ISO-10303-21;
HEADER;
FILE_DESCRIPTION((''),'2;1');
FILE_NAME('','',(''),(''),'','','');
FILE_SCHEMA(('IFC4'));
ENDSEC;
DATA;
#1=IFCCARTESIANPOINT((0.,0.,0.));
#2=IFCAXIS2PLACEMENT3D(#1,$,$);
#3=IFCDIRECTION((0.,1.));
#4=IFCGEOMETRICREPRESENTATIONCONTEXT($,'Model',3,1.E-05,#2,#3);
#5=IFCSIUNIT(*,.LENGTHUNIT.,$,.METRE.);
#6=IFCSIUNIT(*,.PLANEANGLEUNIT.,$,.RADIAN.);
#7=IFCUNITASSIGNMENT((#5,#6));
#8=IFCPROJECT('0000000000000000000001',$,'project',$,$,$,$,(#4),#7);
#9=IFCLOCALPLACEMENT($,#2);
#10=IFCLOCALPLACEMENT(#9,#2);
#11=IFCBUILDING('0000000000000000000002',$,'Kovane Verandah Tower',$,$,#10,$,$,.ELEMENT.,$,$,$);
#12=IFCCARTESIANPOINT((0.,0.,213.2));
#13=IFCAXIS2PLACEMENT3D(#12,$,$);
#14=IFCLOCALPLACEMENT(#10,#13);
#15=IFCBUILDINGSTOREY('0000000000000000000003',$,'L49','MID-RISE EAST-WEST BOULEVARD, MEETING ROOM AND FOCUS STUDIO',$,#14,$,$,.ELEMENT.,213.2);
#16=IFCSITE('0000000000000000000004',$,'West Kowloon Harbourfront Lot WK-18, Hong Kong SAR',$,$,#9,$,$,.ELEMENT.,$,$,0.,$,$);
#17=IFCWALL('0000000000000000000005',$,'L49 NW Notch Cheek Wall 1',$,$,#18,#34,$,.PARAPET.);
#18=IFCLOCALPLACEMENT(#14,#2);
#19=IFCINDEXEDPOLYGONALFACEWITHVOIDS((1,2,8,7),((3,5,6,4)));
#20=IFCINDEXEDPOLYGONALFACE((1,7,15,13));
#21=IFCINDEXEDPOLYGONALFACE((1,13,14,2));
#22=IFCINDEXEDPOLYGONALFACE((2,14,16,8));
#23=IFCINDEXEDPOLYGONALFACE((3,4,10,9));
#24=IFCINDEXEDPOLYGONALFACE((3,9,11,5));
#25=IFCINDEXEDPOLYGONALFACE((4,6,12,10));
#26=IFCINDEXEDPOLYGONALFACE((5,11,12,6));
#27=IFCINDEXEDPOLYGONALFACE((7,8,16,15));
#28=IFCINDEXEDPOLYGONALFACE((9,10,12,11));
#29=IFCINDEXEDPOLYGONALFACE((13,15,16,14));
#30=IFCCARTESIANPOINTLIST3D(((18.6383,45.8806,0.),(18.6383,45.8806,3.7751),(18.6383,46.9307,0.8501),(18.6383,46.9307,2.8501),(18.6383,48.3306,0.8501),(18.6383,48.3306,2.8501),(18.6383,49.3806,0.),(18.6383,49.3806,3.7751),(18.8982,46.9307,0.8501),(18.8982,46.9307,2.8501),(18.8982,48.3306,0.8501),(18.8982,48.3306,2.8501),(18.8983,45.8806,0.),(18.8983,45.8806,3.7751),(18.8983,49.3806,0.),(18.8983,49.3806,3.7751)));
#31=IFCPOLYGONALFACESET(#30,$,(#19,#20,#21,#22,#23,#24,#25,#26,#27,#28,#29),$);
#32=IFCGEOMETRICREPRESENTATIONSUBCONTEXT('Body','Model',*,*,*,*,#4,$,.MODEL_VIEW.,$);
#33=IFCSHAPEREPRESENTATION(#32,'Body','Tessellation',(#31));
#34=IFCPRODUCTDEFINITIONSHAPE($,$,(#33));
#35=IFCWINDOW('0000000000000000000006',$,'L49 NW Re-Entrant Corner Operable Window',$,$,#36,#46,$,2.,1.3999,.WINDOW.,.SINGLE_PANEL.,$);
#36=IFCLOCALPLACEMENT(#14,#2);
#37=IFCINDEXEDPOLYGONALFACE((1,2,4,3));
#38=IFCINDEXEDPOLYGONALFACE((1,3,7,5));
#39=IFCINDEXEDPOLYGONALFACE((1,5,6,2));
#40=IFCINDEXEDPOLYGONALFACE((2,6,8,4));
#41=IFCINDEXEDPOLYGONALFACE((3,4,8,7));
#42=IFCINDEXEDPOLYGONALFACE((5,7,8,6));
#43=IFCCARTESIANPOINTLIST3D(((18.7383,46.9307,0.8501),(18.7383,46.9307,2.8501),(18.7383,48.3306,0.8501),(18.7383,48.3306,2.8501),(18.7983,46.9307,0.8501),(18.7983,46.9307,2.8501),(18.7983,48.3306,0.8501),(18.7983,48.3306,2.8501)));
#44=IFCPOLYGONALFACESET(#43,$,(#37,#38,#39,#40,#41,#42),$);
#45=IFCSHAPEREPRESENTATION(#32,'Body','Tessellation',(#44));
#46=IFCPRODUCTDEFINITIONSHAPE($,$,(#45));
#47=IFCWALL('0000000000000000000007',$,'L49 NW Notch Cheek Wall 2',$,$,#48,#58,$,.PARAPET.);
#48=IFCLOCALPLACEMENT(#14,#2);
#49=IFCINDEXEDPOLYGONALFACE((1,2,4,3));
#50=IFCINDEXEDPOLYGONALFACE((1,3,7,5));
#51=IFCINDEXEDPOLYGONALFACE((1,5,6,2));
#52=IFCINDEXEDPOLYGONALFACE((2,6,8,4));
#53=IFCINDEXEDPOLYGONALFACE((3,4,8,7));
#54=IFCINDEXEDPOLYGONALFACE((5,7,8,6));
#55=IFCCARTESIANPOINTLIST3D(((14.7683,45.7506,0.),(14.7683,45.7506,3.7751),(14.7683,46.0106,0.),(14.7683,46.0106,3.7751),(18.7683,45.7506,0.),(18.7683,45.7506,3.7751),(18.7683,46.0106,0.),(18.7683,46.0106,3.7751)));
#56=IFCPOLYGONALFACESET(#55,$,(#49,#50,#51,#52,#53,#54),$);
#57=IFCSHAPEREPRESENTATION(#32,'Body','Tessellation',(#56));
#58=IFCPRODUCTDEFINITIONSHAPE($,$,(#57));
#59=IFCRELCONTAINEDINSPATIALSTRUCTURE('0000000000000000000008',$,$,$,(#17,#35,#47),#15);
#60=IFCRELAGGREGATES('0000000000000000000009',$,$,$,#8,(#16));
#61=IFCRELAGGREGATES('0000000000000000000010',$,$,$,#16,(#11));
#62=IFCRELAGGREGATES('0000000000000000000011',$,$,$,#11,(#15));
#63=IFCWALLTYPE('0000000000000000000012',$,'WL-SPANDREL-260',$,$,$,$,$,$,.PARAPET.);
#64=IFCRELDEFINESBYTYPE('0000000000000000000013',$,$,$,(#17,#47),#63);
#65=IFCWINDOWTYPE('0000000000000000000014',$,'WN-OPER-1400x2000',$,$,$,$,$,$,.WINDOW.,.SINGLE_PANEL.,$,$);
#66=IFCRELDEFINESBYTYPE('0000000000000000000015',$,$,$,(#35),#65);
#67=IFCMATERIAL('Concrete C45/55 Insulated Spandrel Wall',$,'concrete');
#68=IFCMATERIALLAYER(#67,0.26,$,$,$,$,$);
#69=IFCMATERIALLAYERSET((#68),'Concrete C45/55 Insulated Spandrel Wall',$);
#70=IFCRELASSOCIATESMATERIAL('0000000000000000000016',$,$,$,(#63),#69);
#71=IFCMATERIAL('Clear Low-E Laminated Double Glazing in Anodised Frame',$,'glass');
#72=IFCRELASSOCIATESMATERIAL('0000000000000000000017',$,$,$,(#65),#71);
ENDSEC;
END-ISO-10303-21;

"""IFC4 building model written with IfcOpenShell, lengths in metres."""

from ifc_helpers import new_model, si_unit, direction, frame, frame_2d, origin, place, context, subcontext, project, spatial, rectangle, extrude, material, layer, layer_set, type_object, element, fill, save


model = new_model("IFC4")

# Units and contexts
model_context = context("Model", 3, precision=1e-05, world=origin(), true_north=direction((0.0, 1.0)))
body_context = subcontext(model_context, "Body", "Model", "MODEL_VIEW")
ifc_project = project(units=[si_unit("LENGTHUNIT", "METRE"), si_unit("PLANEANGLEUNIT", "RADIAN")], contexts=[model_context])

# Site, building, storey
site_placement = place(None, origin())
site = spatial("IfcSite", under=ifc_project, at=site_placement, Name="West Kowloon Harbourfront Lot WK-18, Hong Kong SAR", CompositionType="ELEMENT", RefElevation=0.0)
building_placement = place(site_placement, origin())
building = spatial("IfcBuilding", under=site, at=building_placement, Name="Kovane Verandah Tower", CompositionType="ELEMENT")
storey_placement = place(building_placement, frame((0.0, 0.0, 213.2)))
storey = spatial("IfcBuildingStorey", under=building, at=storey_placement, Name="L49", Description="MID-RISE EAST-WEST BOULEVARD, MEETING ROOM AND FOCUS STUDIO", CompositionType="ELEMENT", Elevation=213.2)

# Wall, opening, window
ifc_material_1 = material(Name="Concrete C45/55 Insulated Spandrel Wall", Category="concrete")
ifc_layer_1 = layer(ifc_material_1, 0.26)
ifc_layer_set_1 = layer_set([ifc_layer_1], Name="Concrete C45/55 Insulated Spandrel Wall")
wall_type_1 = type_object("IfcWallType", Name="WL-SPANDREL-260", PredefinedType="PARAPET", material=ifc_layer_set_1)
wall_1_placement = place(storey_placement, frame((18.7683, 49.3806, 0.0), z_axis=(0.0, 0.0, 1.0), x_axis=(0.0, -1.0, 0.0)))
wall_1 = element("IfcWall", 1, at=wall_1_placement, inside=storey, type_object=wall_type_1, Name="L49 NW Notch Cheek Wall 1", PredefinedType="PARAPET", context=body_context, shape_type="SweptSolid", body=[
    extrude(rectangle(XDim=3.5, YDim=0.26, at=frame_2d((1.75, 0.0))), origin(), (0.0, 0.0, 1.0), 3.7751),
])
opening_1_placement = place(wall_1_placement, frame((1.05, 0.0, 0.8501)))
opening_1 = element("IfcOpeningElement", 2, at=opening_1_placement, cuts=wall_1, PredefinedType="OPENING", context=body_context, shape_type="SweptSolid", body=[
    extrude(rectangle(XDim=1.3999, YDim=2.0, at=frame_2d((0.7, 1.0))), frame((0.0, 0.1299, 0.0), z_axis=(0.0, -1.0, 0.0), x_axis=(1.0, 0.0, 0.0)), (0.0, 0.0, 1.0), 0.26),
])
ifc_material_2 = material(Name="Clear Low-E Laminated Double Glazing in Anodised Frame", Category="glass")
window_type = type_object("IfcWindowType", Name="WN-OPER-1400x2000", PartitioningType="SINGLE_PANEL", PredefinedType="WINDOW", material=ifc_material_2)
window_placement = place(opening_1_placement, origin())
window = element("IfcWindow", 3, at=window_placement, inside=storey, type_object=window_type, Name="L49 NW Re-Entrant Corner Operable Window", OverallHeight=2.0, OverallWidth=1.3999, PartitioningType="SINGLE_PANEL", PredefinedType="WINDOW", context=body_context, shape_type="SweptSolid", body=[
    extrude(rectangle(XDim=1.3999, YDim=2.0, at=frame_2d((0.7, 1.0))), frame((0.0, 0.03, 0.0), z_axis=(0.0, -1.0, 0.0), x_axis=(1.0, 0.0, 0.0)), (0.0, 0.0, 1.0), 0.0601),
])
fill(opening_1, window)

# Wall
wall_2_placement = place(storey_placement, frame((18.7683, 45.8806, 0.0), z_axis=(0.0, 0.0, 1.0), x_axis=(-1.0, 0.0, 0.0)))
element("IfcWall", 4, at=wall_2_placement, inside=storey, type_object=wall_type_1, Name="L49 NW Notch Cheek Wall 2", PredefinedType="PARAPET", context=body_context, shape_type="SweptSolid", body=[
    extrude(rectangle(XDim=4.0, YDim=0.26, at=frame_2d((2.0, 0.0))), origin(), (0.0, 0.0, 1.0), 3.7751),
])

save(model, "model.ifc")
